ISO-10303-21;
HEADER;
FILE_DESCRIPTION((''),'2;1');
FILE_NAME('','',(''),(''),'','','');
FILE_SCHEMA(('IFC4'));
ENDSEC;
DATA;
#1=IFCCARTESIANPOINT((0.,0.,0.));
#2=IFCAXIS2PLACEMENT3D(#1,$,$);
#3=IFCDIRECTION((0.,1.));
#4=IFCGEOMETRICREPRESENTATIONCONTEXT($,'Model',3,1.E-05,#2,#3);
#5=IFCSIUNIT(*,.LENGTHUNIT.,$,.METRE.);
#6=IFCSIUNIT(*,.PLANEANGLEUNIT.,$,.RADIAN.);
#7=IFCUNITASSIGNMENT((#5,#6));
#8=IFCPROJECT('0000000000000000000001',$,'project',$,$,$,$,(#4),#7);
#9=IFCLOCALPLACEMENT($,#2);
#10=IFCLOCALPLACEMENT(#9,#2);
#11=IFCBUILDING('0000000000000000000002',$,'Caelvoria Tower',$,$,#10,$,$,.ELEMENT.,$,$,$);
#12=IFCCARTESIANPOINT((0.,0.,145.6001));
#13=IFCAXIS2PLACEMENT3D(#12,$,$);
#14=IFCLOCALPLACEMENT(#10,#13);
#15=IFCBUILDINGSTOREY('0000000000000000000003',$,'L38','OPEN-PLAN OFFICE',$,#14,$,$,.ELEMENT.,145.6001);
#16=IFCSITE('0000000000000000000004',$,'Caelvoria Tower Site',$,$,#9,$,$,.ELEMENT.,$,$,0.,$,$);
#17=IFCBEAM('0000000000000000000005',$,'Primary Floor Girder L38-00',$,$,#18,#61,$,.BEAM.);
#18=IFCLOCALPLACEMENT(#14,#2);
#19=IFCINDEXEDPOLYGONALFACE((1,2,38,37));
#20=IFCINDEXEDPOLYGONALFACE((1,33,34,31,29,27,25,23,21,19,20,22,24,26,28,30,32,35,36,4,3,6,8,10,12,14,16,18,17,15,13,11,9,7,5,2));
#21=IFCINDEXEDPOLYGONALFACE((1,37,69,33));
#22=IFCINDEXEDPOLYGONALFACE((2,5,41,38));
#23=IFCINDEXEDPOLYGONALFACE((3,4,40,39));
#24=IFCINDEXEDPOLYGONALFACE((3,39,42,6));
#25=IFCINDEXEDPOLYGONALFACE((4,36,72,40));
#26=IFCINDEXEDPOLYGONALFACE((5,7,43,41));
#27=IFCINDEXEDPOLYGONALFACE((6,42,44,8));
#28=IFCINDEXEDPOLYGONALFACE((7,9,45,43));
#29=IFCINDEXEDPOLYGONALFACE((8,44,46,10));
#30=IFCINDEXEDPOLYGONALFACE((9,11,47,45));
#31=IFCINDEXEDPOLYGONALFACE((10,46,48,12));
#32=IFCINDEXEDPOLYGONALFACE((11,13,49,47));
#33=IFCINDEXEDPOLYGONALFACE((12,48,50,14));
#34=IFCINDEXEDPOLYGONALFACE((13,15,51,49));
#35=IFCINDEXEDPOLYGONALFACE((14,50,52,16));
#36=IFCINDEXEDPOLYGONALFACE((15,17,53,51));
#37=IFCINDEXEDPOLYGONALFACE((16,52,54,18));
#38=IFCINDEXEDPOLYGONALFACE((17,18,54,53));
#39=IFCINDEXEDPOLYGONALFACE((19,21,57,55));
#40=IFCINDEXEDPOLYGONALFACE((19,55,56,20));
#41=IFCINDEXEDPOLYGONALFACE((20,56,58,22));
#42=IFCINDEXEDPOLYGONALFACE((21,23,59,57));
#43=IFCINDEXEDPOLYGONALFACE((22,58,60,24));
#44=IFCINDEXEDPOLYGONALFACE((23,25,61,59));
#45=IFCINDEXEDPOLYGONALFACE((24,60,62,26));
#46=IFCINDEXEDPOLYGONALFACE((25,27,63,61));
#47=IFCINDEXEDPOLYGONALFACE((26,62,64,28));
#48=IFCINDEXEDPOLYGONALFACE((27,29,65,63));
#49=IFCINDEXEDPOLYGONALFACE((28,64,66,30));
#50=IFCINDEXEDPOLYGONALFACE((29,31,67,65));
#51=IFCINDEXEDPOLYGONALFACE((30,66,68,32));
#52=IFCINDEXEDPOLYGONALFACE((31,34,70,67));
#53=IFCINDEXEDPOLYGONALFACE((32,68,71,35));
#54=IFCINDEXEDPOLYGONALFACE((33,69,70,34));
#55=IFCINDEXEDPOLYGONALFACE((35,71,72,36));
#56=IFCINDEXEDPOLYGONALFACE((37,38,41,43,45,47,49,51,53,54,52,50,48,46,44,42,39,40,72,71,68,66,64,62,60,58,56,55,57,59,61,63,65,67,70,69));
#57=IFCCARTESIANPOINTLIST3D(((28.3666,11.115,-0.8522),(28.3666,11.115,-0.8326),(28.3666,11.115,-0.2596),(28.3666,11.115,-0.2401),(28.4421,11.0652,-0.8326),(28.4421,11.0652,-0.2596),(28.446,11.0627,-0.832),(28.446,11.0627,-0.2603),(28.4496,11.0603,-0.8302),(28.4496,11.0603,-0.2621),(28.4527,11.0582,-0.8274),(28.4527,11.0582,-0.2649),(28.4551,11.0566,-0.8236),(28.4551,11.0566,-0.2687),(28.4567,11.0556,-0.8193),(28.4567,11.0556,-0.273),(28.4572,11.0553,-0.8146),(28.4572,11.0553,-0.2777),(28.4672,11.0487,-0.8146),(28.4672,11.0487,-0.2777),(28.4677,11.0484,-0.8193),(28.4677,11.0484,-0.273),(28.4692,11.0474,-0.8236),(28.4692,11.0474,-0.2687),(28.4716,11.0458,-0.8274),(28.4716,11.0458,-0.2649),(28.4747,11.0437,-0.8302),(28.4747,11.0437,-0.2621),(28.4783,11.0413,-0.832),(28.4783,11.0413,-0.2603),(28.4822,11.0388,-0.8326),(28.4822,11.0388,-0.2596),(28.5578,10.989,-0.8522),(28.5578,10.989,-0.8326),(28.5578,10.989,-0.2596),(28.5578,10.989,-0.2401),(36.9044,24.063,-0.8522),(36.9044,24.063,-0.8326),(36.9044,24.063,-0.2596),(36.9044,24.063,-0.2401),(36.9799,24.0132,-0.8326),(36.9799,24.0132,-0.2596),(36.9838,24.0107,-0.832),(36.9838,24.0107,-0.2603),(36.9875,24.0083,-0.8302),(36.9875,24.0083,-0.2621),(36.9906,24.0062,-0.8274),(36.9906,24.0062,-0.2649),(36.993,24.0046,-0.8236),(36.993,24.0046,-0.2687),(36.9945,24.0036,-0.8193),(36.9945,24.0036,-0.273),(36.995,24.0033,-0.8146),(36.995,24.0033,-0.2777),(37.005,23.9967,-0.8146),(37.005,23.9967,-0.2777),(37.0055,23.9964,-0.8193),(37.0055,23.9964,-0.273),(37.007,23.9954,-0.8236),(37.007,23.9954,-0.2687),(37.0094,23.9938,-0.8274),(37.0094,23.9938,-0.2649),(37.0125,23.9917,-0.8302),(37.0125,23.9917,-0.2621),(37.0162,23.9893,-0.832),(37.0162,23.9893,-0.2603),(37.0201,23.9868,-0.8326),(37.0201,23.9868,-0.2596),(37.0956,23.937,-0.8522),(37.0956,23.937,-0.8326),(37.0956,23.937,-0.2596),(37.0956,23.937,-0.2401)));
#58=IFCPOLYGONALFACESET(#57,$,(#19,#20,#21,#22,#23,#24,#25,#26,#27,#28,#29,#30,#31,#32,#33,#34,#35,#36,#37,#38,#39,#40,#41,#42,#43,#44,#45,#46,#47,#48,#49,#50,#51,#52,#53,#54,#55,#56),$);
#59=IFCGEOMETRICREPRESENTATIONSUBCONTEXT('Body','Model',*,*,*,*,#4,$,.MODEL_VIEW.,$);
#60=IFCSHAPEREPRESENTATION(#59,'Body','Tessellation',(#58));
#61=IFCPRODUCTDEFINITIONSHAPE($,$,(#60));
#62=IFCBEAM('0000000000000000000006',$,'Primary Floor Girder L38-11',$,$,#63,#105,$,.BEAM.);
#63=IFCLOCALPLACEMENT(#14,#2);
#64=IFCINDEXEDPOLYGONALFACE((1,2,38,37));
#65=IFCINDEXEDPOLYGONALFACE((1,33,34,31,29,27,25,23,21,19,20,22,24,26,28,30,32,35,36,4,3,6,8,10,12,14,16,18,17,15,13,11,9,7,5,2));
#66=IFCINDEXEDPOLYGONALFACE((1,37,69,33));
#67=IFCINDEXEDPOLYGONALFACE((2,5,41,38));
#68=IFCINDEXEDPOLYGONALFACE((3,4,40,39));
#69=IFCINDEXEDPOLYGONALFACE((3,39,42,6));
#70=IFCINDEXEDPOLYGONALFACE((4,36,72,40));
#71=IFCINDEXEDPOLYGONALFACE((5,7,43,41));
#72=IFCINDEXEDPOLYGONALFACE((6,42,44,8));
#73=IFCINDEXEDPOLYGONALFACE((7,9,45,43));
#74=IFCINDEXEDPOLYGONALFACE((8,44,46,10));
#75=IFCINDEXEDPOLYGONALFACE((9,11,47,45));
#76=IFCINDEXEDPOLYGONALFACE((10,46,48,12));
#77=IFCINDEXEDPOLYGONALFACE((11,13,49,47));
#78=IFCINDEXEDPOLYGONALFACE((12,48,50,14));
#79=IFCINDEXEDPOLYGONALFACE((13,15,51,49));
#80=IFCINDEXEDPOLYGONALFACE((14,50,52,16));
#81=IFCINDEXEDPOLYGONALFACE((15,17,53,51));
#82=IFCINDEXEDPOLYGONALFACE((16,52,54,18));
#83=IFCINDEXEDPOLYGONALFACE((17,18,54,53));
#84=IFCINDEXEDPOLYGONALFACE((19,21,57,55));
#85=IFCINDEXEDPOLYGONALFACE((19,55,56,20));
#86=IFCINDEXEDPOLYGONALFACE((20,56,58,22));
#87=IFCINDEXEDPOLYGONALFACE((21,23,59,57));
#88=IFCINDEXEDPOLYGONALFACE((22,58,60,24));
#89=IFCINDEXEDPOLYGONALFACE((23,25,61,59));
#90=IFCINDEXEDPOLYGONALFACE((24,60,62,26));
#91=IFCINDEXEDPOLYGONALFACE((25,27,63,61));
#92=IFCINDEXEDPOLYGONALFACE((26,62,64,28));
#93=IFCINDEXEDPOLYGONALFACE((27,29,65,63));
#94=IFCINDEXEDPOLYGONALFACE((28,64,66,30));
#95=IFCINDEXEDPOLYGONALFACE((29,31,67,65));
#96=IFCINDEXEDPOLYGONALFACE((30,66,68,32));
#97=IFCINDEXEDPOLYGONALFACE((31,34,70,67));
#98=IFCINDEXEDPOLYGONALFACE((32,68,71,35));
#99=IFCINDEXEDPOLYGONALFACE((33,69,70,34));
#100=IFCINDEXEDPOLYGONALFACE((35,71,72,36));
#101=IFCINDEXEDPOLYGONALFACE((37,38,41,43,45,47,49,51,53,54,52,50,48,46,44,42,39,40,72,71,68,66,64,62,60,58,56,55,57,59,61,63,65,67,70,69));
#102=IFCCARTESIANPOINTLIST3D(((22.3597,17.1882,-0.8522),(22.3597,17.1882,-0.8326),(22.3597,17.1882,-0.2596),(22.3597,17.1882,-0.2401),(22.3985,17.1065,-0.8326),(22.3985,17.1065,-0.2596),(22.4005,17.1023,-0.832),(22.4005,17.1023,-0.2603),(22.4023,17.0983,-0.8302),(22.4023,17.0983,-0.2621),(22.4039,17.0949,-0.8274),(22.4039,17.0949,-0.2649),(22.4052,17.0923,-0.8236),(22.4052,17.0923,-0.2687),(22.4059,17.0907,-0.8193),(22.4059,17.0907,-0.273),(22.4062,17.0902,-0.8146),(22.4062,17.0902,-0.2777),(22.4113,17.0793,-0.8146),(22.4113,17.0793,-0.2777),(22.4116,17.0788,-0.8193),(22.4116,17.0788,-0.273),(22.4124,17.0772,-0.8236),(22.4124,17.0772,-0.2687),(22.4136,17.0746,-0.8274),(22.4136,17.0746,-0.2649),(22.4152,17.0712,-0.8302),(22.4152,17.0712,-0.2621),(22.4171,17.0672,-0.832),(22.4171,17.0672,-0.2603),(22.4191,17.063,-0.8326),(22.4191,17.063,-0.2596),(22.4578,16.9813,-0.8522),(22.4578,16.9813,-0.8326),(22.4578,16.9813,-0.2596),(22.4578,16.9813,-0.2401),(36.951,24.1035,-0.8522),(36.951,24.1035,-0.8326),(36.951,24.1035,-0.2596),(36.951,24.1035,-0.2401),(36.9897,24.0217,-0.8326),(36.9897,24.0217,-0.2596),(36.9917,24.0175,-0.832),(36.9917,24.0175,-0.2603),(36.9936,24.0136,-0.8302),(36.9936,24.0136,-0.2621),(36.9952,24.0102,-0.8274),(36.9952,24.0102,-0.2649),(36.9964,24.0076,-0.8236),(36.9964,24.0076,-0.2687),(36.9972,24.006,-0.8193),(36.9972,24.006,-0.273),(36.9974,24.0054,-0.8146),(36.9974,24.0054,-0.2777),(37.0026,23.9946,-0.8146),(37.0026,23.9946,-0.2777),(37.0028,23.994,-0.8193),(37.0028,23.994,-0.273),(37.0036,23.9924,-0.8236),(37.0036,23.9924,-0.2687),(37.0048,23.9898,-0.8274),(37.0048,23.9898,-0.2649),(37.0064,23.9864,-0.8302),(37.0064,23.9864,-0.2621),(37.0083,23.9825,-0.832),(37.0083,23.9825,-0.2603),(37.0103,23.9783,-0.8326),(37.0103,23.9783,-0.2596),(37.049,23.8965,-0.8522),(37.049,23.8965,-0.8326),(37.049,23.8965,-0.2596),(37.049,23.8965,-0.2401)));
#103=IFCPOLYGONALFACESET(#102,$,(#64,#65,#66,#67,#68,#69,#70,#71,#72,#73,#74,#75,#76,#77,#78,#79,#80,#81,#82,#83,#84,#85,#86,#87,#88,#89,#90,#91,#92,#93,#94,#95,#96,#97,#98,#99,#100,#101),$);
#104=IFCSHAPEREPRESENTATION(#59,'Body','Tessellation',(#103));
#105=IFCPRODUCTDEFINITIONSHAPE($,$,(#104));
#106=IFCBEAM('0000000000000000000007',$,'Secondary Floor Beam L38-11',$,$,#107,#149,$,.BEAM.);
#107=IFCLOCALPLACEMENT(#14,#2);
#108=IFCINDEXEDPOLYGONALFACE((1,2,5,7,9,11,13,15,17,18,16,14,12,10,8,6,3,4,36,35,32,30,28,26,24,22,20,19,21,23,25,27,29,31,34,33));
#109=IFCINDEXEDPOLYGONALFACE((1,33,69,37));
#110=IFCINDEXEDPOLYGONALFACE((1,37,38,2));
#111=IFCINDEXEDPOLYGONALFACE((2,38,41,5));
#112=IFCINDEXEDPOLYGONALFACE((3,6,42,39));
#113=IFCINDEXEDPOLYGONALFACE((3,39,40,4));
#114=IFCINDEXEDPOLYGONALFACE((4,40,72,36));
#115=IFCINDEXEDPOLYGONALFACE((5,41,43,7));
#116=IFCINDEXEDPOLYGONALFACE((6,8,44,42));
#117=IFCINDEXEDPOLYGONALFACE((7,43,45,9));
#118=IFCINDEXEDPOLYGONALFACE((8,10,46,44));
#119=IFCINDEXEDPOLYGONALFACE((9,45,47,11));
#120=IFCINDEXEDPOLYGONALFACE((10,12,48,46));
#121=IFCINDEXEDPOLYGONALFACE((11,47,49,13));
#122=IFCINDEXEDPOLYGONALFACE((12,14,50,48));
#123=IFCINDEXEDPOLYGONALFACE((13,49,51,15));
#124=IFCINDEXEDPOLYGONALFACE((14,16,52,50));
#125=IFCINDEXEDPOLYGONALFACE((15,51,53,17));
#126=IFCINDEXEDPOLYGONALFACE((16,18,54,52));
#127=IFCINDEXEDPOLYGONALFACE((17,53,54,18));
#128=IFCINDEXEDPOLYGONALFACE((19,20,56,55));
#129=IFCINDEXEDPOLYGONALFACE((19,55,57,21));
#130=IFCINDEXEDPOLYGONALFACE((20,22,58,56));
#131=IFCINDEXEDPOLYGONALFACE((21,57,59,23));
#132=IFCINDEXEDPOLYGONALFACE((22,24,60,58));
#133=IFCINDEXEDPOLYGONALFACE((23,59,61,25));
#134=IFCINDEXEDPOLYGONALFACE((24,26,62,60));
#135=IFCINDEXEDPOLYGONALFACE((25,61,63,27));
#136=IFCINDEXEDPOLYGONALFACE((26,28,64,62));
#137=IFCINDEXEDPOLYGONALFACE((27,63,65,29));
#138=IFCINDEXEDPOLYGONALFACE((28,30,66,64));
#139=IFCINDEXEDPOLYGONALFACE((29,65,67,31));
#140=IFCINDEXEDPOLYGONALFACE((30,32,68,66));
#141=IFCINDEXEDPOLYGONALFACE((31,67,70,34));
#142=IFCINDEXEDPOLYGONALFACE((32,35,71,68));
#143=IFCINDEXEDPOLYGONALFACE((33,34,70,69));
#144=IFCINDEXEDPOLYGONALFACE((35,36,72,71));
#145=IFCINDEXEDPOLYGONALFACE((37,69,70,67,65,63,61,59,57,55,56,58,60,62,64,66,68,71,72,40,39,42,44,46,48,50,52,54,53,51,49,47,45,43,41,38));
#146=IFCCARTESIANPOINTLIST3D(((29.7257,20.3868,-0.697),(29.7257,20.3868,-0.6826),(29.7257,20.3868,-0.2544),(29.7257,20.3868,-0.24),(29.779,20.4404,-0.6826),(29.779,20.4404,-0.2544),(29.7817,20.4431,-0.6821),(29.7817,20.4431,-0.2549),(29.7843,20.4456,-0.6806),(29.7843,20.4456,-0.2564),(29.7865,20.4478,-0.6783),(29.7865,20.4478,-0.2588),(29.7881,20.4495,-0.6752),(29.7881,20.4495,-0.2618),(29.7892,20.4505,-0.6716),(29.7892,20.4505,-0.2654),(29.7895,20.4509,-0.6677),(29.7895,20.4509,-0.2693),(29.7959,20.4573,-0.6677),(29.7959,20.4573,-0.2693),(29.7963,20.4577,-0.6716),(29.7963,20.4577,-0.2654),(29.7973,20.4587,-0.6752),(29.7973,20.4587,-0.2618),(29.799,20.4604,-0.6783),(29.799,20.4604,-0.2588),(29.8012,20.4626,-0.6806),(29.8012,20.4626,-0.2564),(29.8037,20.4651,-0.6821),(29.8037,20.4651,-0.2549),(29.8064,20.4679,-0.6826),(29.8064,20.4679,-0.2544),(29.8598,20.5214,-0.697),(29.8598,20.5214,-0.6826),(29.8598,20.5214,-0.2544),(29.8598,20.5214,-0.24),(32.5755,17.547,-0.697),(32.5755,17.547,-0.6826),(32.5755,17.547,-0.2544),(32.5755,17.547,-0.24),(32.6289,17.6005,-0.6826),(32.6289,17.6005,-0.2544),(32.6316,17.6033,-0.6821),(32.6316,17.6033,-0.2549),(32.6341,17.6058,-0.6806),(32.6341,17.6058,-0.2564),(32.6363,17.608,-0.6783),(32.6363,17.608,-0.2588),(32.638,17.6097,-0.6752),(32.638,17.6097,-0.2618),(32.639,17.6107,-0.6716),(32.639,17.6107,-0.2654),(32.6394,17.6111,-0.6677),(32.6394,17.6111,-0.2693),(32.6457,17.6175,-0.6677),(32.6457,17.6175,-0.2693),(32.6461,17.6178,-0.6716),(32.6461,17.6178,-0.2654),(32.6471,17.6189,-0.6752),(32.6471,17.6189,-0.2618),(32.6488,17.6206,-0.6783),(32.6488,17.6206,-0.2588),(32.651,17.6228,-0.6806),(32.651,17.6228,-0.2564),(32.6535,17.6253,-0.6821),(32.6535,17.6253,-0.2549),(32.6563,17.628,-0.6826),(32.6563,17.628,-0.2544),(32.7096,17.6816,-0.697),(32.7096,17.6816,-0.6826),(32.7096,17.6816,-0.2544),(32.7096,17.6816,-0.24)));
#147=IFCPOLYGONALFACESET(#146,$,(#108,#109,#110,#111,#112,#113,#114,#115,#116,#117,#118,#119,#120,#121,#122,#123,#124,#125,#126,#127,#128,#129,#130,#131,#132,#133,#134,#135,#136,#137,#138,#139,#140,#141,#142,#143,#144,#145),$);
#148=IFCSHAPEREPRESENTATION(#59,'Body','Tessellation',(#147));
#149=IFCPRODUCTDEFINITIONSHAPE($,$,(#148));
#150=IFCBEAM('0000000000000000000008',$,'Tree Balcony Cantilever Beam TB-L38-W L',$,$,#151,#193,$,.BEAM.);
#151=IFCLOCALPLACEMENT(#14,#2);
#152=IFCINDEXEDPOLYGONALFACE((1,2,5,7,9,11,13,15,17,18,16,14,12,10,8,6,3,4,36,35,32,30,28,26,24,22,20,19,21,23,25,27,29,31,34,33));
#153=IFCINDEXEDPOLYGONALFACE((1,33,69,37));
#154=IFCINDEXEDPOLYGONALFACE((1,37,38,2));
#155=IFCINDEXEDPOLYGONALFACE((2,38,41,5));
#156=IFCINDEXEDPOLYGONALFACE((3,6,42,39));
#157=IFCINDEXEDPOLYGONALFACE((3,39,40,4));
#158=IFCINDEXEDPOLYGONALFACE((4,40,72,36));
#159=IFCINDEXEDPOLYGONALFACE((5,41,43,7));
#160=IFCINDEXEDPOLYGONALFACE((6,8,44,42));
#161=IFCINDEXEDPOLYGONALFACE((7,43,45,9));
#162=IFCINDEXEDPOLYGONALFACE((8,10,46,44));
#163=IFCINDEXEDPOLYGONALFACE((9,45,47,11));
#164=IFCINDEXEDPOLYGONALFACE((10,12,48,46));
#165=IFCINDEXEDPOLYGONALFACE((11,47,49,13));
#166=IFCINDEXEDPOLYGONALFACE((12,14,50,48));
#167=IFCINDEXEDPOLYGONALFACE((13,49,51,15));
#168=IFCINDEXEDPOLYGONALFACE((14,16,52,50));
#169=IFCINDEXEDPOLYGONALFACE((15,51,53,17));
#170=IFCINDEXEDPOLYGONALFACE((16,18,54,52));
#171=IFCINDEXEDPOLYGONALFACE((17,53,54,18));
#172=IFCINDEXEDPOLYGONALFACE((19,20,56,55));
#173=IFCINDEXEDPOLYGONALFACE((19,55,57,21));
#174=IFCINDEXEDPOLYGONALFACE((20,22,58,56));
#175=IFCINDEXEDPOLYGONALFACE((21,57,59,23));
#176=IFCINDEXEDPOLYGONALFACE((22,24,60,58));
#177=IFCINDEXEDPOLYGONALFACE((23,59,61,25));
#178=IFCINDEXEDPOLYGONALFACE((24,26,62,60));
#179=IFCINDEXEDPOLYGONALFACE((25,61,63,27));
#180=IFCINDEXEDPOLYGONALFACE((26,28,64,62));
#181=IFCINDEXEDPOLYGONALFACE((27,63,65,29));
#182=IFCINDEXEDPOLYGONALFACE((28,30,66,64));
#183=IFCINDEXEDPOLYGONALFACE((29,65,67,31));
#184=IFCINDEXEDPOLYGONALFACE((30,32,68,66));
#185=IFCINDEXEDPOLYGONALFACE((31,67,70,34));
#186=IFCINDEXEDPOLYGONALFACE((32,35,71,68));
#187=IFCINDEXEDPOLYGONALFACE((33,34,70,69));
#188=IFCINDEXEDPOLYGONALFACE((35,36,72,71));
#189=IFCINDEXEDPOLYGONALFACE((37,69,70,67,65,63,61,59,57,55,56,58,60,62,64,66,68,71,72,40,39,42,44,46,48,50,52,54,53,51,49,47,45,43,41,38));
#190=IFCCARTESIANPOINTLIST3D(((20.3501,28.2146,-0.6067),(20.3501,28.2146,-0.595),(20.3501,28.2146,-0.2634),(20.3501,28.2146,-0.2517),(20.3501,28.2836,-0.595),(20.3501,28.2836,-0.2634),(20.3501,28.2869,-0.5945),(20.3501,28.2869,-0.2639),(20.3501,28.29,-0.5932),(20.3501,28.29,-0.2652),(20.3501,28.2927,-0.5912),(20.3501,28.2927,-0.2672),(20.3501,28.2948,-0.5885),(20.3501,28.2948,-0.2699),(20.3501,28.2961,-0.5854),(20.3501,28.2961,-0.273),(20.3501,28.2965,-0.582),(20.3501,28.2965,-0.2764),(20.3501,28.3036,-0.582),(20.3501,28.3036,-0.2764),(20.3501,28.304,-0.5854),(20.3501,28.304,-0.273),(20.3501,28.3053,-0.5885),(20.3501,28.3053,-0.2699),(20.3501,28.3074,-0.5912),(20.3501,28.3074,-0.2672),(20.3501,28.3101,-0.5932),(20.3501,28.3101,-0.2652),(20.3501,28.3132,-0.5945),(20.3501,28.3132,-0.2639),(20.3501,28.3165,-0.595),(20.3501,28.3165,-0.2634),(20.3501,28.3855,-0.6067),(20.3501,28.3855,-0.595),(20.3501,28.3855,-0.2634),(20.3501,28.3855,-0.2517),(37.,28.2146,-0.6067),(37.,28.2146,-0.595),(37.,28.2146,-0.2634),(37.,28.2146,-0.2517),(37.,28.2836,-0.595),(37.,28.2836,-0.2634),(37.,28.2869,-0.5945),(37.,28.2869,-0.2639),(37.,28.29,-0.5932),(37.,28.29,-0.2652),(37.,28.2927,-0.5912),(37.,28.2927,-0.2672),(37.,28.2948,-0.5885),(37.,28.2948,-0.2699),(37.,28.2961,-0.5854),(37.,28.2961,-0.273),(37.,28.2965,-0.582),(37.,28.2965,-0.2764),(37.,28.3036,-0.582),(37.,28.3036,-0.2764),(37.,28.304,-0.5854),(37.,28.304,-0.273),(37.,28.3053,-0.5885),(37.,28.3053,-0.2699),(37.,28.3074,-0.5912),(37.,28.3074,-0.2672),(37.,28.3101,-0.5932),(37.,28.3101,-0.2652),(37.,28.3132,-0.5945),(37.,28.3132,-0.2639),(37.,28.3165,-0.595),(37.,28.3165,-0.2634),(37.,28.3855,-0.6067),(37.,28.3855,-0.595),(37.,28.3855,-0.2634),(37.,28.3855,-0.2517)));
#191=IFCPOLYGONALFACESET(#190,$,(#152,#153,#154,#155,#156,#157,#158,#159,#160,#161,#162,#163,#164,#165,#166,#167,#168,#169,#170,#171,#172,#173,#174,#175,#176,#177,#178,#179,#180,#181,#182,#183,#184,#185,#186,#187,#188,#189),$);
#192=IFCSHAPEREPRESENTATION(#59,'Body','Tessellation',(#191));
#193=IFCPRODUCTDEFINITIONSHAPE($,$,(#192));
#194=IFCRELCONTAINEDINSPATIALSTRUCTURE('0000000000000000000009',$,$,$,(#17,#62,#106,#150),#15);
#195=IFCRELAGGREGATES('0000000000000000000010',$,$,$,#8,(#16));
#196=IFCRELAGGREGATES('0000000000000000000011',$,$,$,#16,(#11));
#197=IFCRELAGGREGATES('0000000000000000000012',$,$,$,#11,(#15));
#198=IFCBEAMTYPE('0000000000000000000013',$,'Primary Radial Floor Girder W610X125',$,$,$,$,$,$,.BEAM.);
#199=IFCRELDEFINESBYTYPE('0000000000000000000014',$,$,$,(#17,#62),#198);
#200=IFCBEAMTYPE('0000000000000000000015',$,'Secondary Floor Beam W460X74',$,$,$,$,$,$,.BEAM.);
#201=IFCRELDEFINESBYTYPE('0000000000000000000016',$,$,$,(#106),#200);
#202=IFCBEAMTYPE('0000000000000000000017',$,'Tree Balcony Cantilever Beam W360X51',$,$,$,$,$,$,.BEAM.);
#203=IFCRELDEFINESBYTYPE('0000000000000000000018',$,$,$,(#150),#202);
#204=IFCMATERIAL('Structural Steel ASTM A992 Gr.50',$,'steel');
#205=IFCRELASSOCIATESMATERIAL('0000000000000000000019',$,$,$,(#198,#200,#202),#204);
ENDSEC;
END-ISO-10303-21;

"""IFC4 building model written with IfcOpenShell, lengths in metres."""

from ifc_helpers import new_model, si_unit, direction, frame, origin, origin_2d, place, context, subcontext, project, spatial, i_section, extrude, material, material_profile, profile_set, type_object, element, save


model = new_model("IFC4")

# Units and contexts
model_context = context("Model", 3, precision=1e-05, world=origin(), true_north=direction((0.0, 1.0)))
body_context = subcontext(model_context, "Body", "Model", "MODEL_VIEW")
ifc_project = project(units=[si_unit("LENGTHUNIT", "METRE"), si_unit("PLANEANGLEUNIT", "RADIAN")], contexts=[model_context])

# Site, building, storey
site_placement = place(None, origin())
site = spatial("IfcSite", under=ifc_project, at=site_placement, Name="Caelvoria Tower Site", CompositionType="ELEMENT", RefElevation=0.0)
building_placement = place(site_placement, origin())
building = spatial("IfcBuilding", under=site, at=building_placement, Name="Caelvoria Tower", CompositionType="ELEMENT")
storey_placement = place(building_placement, frame((0.0, 0.0, 145.6001)))
storey = spatial("IfcBuildingStorey", under=building, at=storey_placement, Name="L38", Description="OPEN-PLAN OFFICE", CompositionType="ELEMENT", Elevation=145.6001)

# Beams
ifc_material_1 = material(Name="Structural Steel ASTM A992 Gr.50", Category="steel")
ifc_material_profile_1 = material_profile(ifc_material_1, i_section(OverallWidth=0.229, OverallDepth=0.6121, WebThickness=0.012, FlangeThickness=0.0195, FilletRadius=0.0181, at=origin_2d()), Name="Structural Steel ASTM A992 Gr.50")
ifc_profile_set_1 = profile_set([ifc_material_profile_1], Name="W610X125 - Structural Steel ASTM A992 Gr.50")
beam_type_1 = type_object("IfcBeamType", Name="Primary Radial Floor Girder W610X125", PredefinedType="BEAM", material=ifc_profile_set_1)
beam_1_placement = place(storey_placement, frame((37.0, 24.0, -0.5461), z_axis=(-0.55049, -0.834842, 0.0), x_axis=(0.834842, -0.55049, 0.0)))
element("IfcBeam", 1, at=beam_1_placement, inside=storey, type_object=beam_type_1, Name="Primary Floor Girder L38-00", PredefinedType="BEAM", context=body_context, shape_type="SweptSolid", body=[
    extrude(i_section(OverallWidth=0.229, OverallDepth=0.6121, WebThickness=0.012, FlangeThickness=0.0195, FilletRadius=0.0181, at=origin_2d()), origin(), (0.0, 0.0, 1.0), 15.5095),
])
beam_2_placement = place(storey_placement, frame((37.0, 24.0, -0.5461), z_axis=(-0.903651, -0.428269, 0.0), x_axis=(0.428269, -0.903651, 0.0)))
element("IfcBeam", 2, at=beam_2_placement, inside=storey, type_object=beam_type_1, Name="Primary Floor Girder L38-11", PredefinedType="BEAM", context=body_context, shape_type="SweptSolid", body=[
    extrude(i_section(OverallWidth=0.229, OverallDepth=0.6121, WebThickness=0.012, FlangeThickness=0.0195, FilletRadius=0.0181, at=origin_2d()), origin(), (0.0, 0.0, 1.0), 16.147),
])
ifc_material_profile_2 = material_profile(ifc_material_1, i_section(OverallWidth=0.1899, OverallDepth=0.457, WebThickness=0.009, FlangeThickness=0.0144, FilletRadius=0.0149, at=origin_2d()), Name="Structural Steel ASTM A992 Gr.50")
ifc_profile_set_2 = profile_set([ifc_material_profile_2], Name="W460X74 - Structural Steel ASTM A992 Gr.50")
beam_type_2 = type_object("IfcBeamType", Name="Secondary Floor Beam W460X74", PredefinedType="BEAM", material=ifc_profile_set_2)
beam_3_placement = place(storey_placement, frame((29.7927, 20.4541, -0.4685), z_axis=(0.70835, -0.705862, 0.0), x_axis=(0.705862, 0.70835, 0.0)))
element("IfcBeam", 3, at=beam_3_placement, inside=storey, type_object=beam_type_2, Name="Secondary Floor Beam L38-11", PredefinedType="BEAM", context=body_context, shape_type="SweptSolid", body=[
    extrude(i_section(OverallWidth=0.1899, OverallDepth=0.457, WebThickness=0.009, FlangeThickness=0.0144, FilletRadius=0.0149, at=origin_2d()), origin(), (0.0, 0.0, 1.0), 4.0232),
])
ifc_material_profile_3 = material_profile(ifc_material_1, i_section(OverallWidth=0.1709, OverallDepth=0.355, WebThickness=0.0071, FlangeThickness=0.0117, FilletRadius=0.0129, at=origin_2d()), Name="Structural Steel ASTM A992 Gr.50")
ifc_profile_set_3 = profile_set([ifc_material_profile_3], Name="W360X51 - Structural Steel ASTM A992 Gr.50")
beam_type_3 = type_object("IfcBeamType", Name="Tree Balcony Cantilever Beam W360X51", PredefinedType="BEAM", material=ifc_profile_set_3)
beam_4_placement = place(storey_placement, frame((37.0, 28.3, -0.4292), z_axis=(-1.0, 0.0, 0.0), x_axis=(0.0, -1.0, 0.0)))
element("IfcBeam", 4, at=beam_4_placement, inside=storey, type_object=beam_type_3, Name="Tree Balcony Cantilever Beam TB-L38-W L", PredefinedType="BEAM", context=body_context, shape_type="SweptSolid", body=[
    extrude(i_section(OverallWidth=0.1709, OverallDepth=0.355, WebThickness=0.0071, FlangeThickness=0.0117, FilletRadius=0.0129, at=origin_2d()), origin(), (0.0, 0.0, 1.0), 16.6499),
])

save(model, "model.ifc")
